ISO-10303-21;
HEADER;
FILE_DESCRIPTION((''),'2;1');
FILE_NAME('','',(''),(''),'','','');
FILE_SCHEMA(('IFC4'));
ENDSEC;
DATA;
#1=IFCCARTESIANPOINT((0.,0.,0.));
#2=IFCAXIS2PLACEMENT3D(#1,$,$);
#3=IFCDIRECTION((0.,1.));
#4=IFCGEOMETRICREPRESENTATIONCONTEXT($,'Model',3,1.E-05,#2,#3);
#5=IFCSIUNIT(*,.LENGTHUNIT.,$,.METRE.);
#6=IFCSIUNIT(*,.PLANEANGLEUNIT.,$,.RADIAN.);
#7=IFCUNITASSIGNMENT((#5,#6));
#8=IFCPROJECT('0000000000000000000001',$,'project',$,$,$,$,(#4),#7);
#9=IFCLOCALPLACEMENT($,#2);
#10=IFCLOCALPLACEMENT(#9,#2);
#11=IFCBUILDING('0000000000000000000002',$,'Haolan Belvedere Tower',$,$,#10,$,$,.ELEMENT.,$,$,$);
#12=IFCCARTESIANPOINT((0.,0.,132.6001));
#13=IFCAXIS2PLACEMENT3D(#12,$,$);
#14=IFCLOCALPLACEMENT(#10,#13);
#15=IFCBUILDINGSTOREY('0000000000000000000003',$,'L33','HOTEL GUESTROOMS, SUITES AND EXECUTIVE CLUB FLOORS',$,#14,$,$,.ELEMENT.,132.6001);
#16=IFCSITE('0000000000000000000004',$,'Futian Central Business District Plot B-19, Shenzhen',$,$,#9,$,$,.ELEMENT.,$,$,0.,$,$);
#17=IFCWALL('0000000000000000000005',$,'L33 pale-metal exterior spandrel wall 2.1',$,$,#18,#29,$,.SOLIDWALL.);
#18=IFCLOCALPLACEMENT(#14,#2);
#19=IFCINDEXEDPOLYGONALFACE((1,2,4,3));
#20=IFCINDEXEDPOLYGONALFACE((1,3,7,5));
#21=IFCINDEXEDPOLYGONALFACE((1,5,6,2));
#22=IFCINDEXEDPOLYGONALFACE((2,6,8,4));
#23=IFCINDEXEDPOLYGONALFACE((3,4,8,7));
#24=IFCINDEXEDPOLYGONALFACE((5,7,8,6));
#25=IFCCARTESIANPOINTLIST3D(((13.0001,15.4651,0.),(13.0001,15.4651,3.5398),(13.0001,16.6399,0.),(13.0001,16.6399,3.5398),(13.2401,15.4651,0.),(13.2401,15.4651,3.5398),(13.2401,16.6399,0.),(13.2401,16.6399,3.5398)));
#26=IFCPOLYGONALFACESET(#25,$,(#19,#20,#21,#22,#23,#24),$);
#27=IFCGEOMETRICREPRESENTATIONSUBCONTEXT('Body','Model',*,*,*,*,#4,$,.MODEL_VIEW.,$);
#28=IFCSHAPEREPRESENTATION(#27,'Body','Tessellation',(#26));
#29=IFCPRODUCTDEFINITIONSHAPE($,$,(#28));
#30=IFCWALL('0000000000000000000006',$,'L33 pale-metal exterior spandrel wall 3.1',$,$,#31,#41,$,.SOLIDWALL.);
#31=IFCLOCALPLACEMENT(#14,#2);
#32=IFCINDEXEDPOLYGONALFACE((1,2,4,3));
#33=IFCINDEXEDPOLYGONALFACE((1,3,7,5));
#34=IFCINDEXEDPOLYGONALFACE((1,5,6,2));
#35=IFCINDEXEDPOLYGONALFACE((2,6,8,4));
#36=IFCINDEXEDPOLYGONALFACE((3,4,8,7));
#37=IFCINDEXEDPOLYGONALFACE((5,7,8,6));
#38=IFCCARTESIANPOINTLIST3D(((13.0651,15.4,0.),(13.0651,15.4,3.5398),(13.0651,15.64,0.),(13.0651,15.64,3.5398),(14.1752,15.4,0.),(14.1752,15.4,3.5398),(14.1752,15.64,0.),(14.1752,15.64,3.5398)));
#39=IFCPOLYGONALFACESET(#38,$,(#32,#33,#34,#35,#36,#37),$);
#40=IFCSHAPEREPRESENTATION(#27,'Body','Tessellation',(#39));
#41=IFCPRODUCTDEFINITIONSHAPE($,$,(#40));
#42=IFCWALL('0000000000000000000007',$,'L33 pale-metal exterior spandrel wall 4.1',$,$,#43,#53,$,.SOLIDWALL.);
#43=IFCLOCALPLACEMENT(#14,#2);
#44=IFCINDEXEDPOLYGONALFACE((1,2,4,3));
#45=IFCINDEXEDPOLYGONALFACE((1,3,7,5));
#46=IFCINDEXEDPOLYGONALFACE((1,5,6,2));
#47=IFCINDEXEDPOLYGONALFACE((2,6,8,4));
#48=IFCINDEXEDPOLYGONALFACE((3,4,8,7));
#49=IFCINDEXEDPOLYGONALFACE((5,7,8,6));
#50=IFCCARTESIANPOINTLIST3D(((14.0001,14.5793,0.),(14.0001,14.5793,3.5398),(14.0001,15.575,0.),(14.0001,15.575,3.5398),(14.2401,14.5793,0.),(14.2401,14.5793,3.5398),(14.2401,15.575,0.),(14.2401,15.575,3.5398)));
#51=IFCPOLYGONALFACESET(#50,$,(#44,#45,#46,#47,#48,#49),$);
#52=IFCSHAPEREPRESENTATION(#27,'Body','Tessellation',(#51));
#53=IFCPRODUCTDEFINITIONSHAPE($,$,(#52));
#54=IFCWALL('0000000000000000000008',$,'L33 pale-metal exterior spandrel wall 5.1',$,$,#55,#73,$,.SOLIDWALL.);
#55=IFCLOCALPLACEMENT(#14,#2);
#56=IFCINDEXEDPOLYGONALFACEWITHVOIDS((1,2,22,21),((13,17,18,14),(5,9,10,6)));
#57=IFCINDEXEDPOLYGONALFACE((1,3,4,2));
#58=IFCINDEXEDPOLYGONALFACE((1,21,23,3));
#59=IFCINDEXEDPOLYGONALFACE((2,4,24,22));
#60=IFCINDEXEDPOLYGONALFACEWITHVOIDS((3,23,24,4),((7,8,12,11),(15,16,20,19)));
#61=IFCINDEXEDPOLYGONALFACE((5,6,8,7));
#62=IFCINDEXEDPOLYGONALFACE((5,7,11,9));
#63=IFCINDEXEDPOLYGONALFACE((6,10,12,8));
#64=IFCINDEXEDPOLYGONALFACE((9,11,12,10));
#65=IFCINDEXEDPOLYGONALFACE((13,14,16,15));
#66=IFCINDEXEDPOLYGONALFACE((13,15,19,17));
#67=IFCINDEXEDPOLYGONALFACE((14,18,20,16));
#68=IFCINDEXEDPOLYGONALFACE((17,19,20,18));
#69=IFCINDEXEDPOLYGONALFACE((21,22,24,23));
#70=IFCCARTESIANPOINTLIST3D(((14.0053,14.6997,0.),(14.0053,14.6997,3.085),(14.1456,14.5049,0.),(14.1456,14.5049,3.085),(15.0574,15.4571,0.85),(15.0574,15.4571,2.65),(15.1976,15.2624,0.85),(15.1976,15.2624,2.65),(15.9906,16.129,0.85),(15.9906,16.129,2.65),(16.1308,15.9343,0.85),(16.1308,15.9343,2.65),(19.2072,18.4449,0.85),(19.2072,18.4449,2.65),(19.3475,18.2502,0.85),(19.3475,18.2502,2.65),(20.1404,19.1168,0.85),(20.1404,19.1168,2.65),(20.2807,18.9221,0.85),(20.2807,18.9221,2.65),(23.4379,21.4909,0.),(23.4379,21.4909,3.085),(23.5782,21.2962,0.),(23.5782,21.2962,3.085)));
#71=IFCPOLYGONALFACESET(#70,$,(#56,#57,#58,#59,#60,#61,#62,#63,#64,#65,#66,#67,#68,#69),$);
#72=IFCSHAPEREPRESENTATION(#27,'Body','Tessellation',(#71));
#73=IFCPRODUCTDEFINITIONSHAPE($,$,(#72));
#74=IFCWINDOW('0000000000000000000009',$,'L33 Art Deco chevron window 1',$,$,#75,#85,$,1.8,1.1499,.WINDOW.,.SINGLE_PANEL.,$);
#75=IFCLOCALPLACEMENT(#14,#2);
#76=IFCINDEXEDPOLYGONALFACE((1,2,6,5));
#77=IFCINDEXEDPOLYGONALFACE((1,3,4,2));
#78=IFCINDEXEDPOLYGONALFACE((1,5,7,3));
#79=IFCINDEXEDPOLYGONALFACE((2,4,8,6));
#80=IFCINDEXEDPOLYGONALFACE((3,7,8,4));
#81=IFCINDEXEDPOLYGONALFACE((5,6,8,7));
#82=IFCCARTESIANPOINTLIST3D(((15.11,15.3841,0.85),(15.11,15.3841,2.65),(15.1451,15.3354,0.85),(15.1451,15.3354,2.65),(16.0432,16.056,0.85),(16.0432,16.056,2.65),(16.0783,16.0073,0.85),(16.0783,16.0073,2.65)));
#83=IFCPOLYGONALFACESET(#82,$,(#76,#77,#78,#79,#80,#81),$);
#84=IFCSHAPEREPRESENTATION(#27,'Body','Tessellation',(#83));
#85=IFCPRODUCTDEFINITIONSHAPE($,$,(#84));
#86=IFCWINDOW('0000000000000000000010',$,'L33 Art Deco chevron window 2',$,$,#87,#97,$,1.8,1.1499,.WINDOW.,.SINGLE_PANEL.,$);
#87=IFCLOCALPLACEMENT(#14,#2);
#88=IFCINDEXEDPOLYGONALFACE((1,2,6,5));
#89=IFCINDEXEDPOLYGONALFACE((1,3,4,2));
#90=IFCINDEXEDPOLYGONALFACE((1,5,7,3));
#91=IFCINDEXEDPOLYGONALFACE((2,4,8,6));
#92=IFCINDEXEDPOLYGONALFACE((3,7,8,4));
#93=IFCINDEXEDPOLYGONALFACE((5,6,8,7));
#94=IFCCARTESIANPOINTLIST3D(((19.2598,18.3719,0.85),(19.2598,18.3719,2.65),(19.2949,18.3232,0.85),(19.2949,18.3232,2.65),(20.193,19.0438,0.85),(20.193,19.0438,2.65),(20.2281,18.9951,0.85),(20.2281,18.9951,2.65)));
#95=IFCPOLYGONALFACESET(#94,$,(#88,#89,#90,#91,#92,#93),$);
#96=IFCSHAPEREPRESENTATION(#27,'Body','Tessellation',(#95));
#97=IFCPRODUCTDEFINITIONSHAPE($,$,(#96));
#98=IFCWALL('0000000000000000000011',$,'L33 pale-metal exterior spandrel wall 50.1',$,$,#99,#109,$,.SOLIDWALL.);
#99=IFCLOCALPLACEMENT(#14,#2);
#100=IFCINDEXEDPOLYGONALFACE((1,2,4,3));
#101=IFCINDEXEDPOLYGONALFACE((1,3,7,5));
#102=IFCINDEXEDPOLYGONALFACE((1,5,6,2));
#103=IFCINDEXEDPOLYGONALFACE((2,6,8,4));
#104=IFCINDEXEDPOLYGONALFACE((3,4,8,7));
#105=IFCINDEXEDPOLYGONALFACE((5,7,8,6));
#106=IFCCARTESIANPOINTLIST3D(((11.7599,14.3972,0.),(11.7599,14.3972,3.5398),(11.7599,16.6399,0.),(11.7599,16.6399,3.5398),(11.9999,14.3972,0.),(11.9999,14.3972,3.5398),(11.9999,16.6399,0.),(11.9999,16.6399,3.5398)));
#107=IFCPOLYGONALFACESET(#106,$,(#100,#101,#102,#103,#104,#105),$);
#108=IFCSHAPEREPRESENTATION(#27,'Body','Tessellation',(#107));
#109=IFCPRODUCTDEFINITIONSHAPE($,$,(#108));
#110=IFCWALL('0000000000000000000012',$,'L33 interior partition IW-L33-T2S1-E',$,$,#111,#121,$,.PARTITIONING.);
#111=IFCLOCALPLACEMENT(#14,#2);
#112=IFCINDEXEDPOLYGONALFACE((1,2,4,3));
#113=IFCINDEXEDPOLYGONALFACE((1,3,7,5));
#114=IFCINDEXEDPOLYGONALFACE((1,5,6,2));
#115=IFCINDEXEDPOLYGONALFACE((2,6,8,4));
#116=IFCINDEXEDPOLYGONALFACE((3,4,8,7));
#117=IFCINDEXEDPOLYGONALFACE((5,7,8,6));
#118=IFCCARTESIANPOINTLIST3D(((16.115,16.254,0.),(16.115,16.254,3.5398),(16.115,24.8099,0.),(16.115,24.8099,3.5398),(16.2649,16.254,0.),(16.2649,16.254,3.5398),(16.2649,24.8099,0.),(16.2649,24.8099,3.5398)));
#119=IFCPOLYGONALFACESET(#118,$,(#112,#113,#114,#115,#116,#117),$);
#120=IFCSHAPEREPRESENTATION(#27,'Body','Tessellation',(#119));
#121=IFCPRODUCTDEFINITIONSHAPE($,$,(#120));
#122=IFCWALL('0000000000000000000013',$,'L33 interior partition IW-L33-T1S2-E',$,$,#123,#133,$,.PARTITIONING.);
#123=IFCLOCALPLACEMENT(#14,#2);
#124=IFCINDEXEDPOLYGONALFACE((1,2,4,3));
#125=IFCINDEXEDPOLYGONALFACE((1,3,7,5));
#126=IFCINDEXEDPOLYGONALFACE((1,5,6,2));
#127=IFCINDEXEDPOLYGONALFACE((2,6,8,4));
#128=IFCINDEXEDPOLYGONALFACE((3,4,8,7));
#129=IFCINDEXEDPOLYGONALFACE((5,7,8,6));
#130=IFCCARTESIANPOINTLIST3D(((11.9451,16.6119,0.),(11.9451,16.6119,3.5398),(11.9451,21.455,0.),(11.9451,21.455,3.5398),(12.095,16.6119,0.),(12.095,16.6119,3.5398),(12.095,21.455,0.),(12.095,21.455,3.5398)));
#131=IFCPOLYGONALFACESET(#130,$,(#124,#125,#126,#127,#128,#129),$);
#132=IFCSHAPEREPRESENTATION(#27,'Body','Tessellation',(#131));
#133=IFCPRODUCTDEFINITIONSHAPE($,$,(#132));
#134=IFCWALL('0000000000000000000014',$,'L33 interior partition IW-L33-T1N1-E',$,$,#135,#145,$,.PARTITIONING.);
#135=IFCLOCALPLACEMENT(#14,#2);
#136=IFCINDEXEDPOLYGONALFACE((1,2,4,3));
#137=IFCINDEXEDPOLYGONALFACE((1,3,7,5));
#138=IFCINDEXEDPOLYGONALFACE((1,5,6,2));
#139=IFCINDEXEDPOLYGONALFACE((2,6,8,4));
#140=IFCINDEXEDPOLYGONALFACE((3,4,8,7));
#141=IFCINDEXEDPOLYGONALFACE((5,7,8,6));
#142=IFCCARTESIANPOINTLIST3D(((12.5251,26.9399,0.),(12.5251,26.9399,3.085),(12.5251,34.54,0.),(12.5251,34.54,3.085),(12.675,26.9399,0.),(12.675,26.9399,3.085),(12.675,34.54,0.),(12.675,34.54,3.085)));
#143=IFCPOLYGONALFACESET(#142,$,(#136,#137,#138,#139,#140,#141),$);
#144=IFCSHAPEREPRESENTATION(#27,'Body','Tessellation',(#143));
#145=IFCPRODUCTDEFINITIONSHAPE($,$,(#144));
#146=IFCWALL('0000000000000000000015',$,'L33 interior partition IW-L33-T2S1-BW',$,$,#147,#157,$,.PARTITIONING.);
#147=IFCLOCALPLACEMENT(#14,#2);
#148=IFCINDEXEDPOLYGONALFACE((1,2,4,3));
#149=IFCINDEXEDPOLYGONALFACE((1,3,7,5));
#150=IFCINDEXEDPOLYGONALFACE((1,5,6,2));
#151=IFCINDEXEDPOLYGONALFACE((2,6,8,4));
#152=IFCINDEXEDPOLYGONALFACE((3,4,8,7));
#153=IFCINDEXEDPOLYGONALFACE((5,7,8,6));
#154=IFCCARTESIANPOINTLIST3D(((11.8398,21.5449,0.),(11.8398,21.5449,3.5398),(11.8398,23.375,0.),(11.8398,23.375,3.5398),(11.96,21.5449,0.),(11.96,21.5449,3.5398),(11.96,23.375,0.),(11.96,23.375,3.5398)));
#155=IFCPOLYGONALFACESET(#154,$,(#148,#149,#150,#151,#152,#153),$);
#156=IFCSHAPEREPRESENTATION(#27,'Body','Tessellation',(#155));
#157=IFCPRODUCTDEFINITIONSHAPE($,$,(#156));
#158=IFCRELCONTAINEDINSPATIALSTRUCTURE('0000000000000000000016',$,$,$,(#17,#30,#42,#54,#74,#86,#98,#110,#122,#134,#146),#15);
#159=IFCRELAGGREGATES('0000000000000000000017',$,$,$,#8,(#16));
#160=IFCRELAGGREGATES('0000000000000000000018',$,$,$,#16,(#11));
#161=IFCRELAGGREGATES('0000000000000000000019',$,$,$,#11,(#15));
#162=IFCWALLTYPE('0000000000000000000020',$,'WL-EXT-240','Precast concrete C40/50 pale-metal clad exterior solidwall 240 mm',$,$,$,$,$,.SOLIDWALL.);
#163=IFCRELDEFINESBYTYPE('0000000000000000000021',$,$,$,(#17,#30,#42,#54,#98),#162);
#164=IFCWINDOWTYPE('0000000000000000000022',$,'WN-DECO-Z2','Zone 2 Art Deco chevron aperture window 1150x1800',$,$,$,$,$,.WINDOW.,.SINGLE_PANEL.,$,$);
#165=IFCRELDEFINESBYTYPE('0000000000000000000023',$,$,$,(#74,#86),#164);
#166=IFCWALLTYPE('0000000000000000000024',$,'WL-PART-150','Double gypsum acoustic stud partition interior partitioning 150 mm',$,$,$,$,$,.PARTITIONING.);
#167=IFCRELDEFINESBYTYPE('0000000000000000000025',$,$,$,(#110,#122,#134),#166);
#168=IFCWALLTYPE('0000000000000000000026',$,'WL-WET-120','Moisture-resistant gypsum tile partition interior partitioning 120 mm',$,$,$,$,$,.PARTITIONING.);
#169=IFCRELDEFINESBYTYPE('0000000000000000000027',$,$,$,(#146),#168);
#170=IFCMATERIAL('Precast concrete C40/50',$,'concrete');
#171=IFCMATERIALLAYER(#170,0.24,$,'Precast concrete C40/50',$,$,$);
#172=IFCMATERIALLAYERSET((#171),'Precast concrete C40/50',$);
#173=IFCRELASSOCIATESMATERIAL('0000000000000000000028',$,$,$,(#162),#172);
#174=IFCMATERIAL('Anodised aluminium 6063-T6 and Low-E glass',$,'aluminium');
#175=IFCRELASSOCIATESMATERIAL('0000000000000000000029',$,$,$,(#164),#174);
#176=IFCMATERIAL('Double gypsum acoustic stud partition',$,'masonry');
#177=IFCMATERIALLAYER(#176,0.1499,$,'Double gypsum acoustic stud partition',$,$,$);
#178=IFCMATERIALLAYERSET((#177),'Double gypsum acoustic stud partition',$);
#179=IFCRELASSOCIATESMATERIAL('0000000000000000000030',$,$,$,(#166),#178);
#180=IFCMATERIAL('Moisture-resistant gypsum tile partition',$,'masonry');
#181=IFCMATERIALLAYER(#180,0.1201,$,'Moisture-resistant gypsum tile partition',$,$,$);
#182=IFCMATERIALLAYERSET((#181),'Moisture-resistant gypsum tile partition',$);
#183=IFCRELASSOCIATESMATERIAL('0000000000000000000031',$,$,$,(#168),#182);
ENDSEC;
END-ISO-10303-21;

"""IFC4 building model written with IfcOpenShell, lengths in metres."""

from ifc_helpers import new_model, si_unit, direction, frame, frame_2d, origin, place, context, subcontext, project, spatial, rectangle, extrude, material, layer, layer_set, type_object, element, fill, save


model = new_model("IFC4")

# Units and contexts
model_context = context("Model", 3, precision=1e-05, world=origin(), true_north=direction((0.0, 1.0)))
body_context = subcontext(model_context, "Body", "Model", "MODEL_VIEW")
ifc_project = project(units=[si_unit("LENGTHUNIT", "METRE"), si_unit("PLANEANGLEUNIT", "RADIAN")], contexts=[model_context])

# Site, building, storey
site_placement = place(None, origin())
site = spatial("IfcSite", under=ifc_project, at=site_placement, Name="Futian Central Business District Plot B-19, Shenzhen", CompositionType="ELEMENT", RefElevation=0.0)
building_placement = place(site_placement, origin())
building = spatial("IfcBuilding", under=site, at=building_placement, Name="Haolan Belvedere Tower", CompositionType="ELEMENT")
storey_placement = place(building_placement, frame((0.0, 0.0, 132.6001)))
storey = spatial("IfcBuildingStorey", under=building, at=storey_placement, Name="L33", Description="HOTEL GUESTROOMS, SUITES AND EXECUTIVE CLUB FLOORS", CompositionType="ELEMENT", Elevation=132.6001)

# Walls
ifc_material_1 = material(Name="Precast concrete C40/50", Category="concrete")
ifc_layer_1 = layer(ifc_material_1, 0.24, Name="Precast concrete C40/50")
ifc_layer_set_1 = layer_set([ifc_layer_1], Name="Precast concrete C40/50")
wall_type_1 = type_object("IfcWallType", Name="WL-EXT-240", Description="Precast concrete C40/50 pale-metal clad exterior solidwall 240 mm", PredefinedType="SOLIDWALL", material=ifc_layer_set_1)
wall_1_placement = place(storey_placement, frame((13.1201, 16.6399, 0.0), z_axis=(0.0, 0.0, 1.0), x_axis=(0.0, -1.0, 0.0)))
element("IfcWall", 1, at=wall_1_placement, inside=storey, type_object=wall_type_1, Name="L33 pale-metal exterior spandrel wall 2.1", PredefinedType="SOLIDWALL", context=body_context, shape_type="SweptSolid", body=[
    extrude(rectangle(XDim=1.1748, YDim=0.24, at=frame_2d((0.5874, 0.0))), origin(), (0.0, 0.0, 1.0), 3.5398),
])
wall_2_placement = place(storey_placement, frame((13.0649, 15.52, 0.0), z_axis=(0.0, 0.0, 1.0), x_axis=(1.0, 0.0, 0.0)))
element("IfcWall", 2, at=wall_2_placement, inside=storey, type_object=wall_type_1, Name="L33 pale-metal exterior spandrel wall 3.1", PredefinedType="SOLIDWALL", context=body_context, shape_type="SweptSolid", body=[
    extrude(rectangle(XDim=1.1101, YDim=0.24, at=frame_2d((0.5552, 0.0))), origin(), (0.0, 0.0, 1.0), 3.5398),
])
wall_3_placement = place(storey_placement, frame((14.1201, 15.575, 0.0), z_axis=(0.0, 0.0, 1.0), x_axis=(0.0, -1.0, 0.0)))
element("IfcWall", 3, at=wall_3_placement, inside=storey, type_object=wall_type_1, Name="L33 pale-metal exterior spandrel wall 4.1", PredefinedType="SOLIDWALL", context=body_context, shape_type="SweptSolid", body=[
    extrude(rectangle(XDim=0.9956, YDim=0.24, at=frame_2d((0.4978, 0.0))), origin(), (0.0, 0.0, 1.0), 3.5398),
])

# Wall, openings, windows
wall_4_placement = place(storey_placement, frame((14.0754, 14.6023, 0.0), z_axis=(0.0, 0.0, 1.0), x_axis=(0.811544, 0.584292, 0.0)))
wall_4 = element("IfcWall", 4, at=wall_4_placement, inside=storey, type_object=wall_type_1, Name="L33 pale-metal exterior spandrel wall 5.1", PredefinedType="SOLIDWALL", context=body_context, shape_type="SweptSolid", body=[
    extrude(rectangle(XDim=11.623, YDim=0.24, at=frame_2d((5.8115, 0.0))), origin(), (0.0, 0.0, 1.0), 3.085),
])
opening_1_placement = place(wall_4_placement, frame((1.2964, 0.0, 0.8501)))
opening_1 = element("IfcOpeningElement", 5, at=opening_1_placement, cuts=wall_4, PredefinedType="OPENING", context=body_context, shape_type="SweptSolid", body=[
    extrude(rectangle(XDim=1.1499, YDim=1.8, at=frame_2d((0.575, 0.8999))), frame((0.0, 0.1299, 0.0), z_axis=(0.0, -1.0, 0.0), x_axis=(1.0, 0.0, 0.0)), (0.0, 0.0, 1.0), 0.26),
])
opening_2_placement = place(wall_4_placement, frame((6.4099, 0.0, 0.8501)))
opening_2 = element("IfcOpeningElement", 6, at=opening_2_placement, cuts=wall_4, PredefinedType="OPENING", context=body_context, shape_type="SweptSolid", body=[
    extrude(rectangle(XDim=1.1499, YDim=1.8, at=frame_2d((0.575, 0.8999))), frame((0.0, 0.1299, 0.0), z_axis=(0.0, -1.0, 0.0), x_axis=(1.0, 0.0, 0.0)), (0.0, 0.0, 1.0), 0.26),
])
ifc_material_2 = material(Name="Anodised aluminium 6063-T6 and Low-E glass", Category="aluminium")
window_type = type_object("IfcWindowType", Name="WN-DECO-Z2", Description="Zone 2 Art Deco chevron aperture window 1150x1800", PartitioningType="SINGLE_PANEL", PredefinedType="WINDOW", material=ifc_material_2)
window_1_placement = place(opening_1_placement, origin())
window_1 = element("IfcWindow", 7, at=window_1_placement, inside=storey, type_object=window_type, Name="L33 Art Deco chevron window 1", OverallHeight=1.8, OverallWidth=1.1499, PartitioningType="SINGLE_PANEL", PredefinedType="WINDOW", context=body_context, shape_type="SweptSolid", body=[
    extrude(rectangle(XDim=1.1499, YDim=1.8, at=frame_2d((0.575, 0.8999))), frame((0.0, 0.03, 0.0), z_axis=(0.0, -1.0, 0.0), x_axis=(1.0, 0.0, 0.0)), (0.0, 0.0, 1.0), 0.0601),
])
fill(opening_1, window_1)
window_2_placement = place(opening_2_placement, origin())
window_2 = element("IfcWindow", 8, at=window_2_placement, inside=storey, type_object=window_type, Name="L33 Art Deco chevron window 2", OverallHeight=1.8, OverallWidth=1.1499, PartitioningType="SINGLE_PANEL", PredefinedType="WINDOW", context=body_context, shape_type="SweptSolid", body=[
    extrude(rectangle(XDim=1.1499, YDim=1.8, at=frame_2d((0.575, 0.8999))), frame((0.0, 0.03, 0.0), z_axis=(0.0, -1.0, 0.0), x_axis=(1.0, 0.0, 0.0)), (0.0, 0.0, 1.0), 0.0601),
])
fill(opening_2, window_2)

# Walls
wall_5_placement = place(storey_placement, frame((11.8799, 14.3972, 0.0), z_axis=(0.0, 0.0, 1.0), x_axis=(0.0, 1.0, 0.0)))
element("IfcWall", 9, at=wall_5_placement, inside=storey, type_object=wall_type_1, Name="L33 pale-metal exterior spandrel wall 50.1", PredefinedType="SOLIDWALL", context=body_context, shape_type="SweptSolid", body=[
    extrude(rectangle(XDim=2.2427, YDim=0.24, at=frame_2d((1.1213, 0.0))), origin(), (0.0, 0.0, 1.0), 3.5398),
])
ifc_material_3 = material(Name="Double gypsum acoustic stud partition", Category="masonry")
ifc_layer_2 = layer(ifc_material_3, 0.1499, Name="Double gypsum acoustic stud partition")
ifc_layer_set_2 = layer_set([ifc_layer_2], Name="Double gypsum acoustic stud partition")
wall_type_2 = type_object("IfcWallType", Name="WL-PART-150", Description="Double gypsum acoustic stud partition interior partitioning 150 mm", PredefinedType="PARTITIONING", material=ifc_layer_set_2)
wall_6_placement = place(storey_placement, frame((16.1899, 16.2542, 0.0), z_axis=(0.0, 0.0, 1.0), x_axis=(0.0, 1.0, 0.0)))
element("IfcWall", 10, at=wall_6_placement, inside=storey, type_object=wall_type_2, Name="L33 interior partition IW-L33-T2S1-E", PredefinedType="PARTITIONING", context=body_context, shape_type="SweptSolid", body=[
    extrude(rectangle(XDim=8.5559, YDim=0.1499, at=frame_2d((4.2778, 0.0))), origin(), (0.0, 0.0, 1.0), 3.5398),
])

# Walls
wall_7_placement = place(storey_placement, frame((12.02, 16.6121, 0.0), z_axis=(0.0, 0.0, 1.0), x_axis=(0.0, 1.0, 0.0)))
element("IfcWall", 11, at=wall_7_placement, inside=storey, type_object=wall_type_2, Name="L33 interior partition IW-L33-T1S2-E", PredefinedType="PARTITIONING", context=body_context, shape_type="SweptSolid", body=[
    extrude(rectangle(XDim=4.843, YDim=0.1499, at=frame_2d((2.4214, 0.0))), origin(), (0.0, 0.0, 1.0), 3.5398),
])
wall_8_placement = place(storey_placement, frame((12.6001, 26.9399, 0.0), z_axis=(0.0, 0.0, 1.0), x_axis=(0.0, 1.0, 0.0)))
element("IfcWall", 12, at=wall_8_placement, inside=storey, type_object=wall_type_2, Name="L33 interior partition IW-L33-T1N1-E", PredefinedType="PARTITIONING", context=body_context, shape_type="SweptSolid", body=[
    extrude(rectangle(XDim=7.6001, YDim=0.1499, at=frame_2d((3.8, 0.0))), origin(), (0.0, 0.0, 1.0), 3.085),
])
ifc_material_4 = material(Name="Moisture-resistant gypsum tile partition", Category="masonry")
ifc_layer_3 = layer(ifc_material_4, 0.1201, Name="Moisture-resistant gypsum tile partition")
ifc_layer_set_3 = layer_set([ifc_layer_3], Name="Moisture-resistant gypsum tile partition")
wall_type_3 = type_object("IfcWallType", Name="WL-WET-120", Description="Moisture-resistant gypsum tile partition interior partitioning 120 mm", PredefinedType="PARTITIONING", material=ifc_layer_set_3)
wall_9_placement = place(storey_placement, frame((11.8999, 21.5449, 0.0), z_axis=(0.0, 0.0, 1.0), x_axis=(0.0, 1.0, 0.0)))
element("IfcWall", 13, at=wall_9_placement, inside=storey, type_object=wall_type_3, Name="L33 interior partition IW-L33-T2S1-BW", PredefinedType="PARTITIONING", context=body_context, shape_type="SweptSolid", body=[
    extrude(rectangle(XDim=1.8301, YDim=0.1201, at=frame_2d((0.915, 0.0))), origin(), (0.0, 0.0, 1.0), 3.5398),
])

save(model, "model.ifc")
